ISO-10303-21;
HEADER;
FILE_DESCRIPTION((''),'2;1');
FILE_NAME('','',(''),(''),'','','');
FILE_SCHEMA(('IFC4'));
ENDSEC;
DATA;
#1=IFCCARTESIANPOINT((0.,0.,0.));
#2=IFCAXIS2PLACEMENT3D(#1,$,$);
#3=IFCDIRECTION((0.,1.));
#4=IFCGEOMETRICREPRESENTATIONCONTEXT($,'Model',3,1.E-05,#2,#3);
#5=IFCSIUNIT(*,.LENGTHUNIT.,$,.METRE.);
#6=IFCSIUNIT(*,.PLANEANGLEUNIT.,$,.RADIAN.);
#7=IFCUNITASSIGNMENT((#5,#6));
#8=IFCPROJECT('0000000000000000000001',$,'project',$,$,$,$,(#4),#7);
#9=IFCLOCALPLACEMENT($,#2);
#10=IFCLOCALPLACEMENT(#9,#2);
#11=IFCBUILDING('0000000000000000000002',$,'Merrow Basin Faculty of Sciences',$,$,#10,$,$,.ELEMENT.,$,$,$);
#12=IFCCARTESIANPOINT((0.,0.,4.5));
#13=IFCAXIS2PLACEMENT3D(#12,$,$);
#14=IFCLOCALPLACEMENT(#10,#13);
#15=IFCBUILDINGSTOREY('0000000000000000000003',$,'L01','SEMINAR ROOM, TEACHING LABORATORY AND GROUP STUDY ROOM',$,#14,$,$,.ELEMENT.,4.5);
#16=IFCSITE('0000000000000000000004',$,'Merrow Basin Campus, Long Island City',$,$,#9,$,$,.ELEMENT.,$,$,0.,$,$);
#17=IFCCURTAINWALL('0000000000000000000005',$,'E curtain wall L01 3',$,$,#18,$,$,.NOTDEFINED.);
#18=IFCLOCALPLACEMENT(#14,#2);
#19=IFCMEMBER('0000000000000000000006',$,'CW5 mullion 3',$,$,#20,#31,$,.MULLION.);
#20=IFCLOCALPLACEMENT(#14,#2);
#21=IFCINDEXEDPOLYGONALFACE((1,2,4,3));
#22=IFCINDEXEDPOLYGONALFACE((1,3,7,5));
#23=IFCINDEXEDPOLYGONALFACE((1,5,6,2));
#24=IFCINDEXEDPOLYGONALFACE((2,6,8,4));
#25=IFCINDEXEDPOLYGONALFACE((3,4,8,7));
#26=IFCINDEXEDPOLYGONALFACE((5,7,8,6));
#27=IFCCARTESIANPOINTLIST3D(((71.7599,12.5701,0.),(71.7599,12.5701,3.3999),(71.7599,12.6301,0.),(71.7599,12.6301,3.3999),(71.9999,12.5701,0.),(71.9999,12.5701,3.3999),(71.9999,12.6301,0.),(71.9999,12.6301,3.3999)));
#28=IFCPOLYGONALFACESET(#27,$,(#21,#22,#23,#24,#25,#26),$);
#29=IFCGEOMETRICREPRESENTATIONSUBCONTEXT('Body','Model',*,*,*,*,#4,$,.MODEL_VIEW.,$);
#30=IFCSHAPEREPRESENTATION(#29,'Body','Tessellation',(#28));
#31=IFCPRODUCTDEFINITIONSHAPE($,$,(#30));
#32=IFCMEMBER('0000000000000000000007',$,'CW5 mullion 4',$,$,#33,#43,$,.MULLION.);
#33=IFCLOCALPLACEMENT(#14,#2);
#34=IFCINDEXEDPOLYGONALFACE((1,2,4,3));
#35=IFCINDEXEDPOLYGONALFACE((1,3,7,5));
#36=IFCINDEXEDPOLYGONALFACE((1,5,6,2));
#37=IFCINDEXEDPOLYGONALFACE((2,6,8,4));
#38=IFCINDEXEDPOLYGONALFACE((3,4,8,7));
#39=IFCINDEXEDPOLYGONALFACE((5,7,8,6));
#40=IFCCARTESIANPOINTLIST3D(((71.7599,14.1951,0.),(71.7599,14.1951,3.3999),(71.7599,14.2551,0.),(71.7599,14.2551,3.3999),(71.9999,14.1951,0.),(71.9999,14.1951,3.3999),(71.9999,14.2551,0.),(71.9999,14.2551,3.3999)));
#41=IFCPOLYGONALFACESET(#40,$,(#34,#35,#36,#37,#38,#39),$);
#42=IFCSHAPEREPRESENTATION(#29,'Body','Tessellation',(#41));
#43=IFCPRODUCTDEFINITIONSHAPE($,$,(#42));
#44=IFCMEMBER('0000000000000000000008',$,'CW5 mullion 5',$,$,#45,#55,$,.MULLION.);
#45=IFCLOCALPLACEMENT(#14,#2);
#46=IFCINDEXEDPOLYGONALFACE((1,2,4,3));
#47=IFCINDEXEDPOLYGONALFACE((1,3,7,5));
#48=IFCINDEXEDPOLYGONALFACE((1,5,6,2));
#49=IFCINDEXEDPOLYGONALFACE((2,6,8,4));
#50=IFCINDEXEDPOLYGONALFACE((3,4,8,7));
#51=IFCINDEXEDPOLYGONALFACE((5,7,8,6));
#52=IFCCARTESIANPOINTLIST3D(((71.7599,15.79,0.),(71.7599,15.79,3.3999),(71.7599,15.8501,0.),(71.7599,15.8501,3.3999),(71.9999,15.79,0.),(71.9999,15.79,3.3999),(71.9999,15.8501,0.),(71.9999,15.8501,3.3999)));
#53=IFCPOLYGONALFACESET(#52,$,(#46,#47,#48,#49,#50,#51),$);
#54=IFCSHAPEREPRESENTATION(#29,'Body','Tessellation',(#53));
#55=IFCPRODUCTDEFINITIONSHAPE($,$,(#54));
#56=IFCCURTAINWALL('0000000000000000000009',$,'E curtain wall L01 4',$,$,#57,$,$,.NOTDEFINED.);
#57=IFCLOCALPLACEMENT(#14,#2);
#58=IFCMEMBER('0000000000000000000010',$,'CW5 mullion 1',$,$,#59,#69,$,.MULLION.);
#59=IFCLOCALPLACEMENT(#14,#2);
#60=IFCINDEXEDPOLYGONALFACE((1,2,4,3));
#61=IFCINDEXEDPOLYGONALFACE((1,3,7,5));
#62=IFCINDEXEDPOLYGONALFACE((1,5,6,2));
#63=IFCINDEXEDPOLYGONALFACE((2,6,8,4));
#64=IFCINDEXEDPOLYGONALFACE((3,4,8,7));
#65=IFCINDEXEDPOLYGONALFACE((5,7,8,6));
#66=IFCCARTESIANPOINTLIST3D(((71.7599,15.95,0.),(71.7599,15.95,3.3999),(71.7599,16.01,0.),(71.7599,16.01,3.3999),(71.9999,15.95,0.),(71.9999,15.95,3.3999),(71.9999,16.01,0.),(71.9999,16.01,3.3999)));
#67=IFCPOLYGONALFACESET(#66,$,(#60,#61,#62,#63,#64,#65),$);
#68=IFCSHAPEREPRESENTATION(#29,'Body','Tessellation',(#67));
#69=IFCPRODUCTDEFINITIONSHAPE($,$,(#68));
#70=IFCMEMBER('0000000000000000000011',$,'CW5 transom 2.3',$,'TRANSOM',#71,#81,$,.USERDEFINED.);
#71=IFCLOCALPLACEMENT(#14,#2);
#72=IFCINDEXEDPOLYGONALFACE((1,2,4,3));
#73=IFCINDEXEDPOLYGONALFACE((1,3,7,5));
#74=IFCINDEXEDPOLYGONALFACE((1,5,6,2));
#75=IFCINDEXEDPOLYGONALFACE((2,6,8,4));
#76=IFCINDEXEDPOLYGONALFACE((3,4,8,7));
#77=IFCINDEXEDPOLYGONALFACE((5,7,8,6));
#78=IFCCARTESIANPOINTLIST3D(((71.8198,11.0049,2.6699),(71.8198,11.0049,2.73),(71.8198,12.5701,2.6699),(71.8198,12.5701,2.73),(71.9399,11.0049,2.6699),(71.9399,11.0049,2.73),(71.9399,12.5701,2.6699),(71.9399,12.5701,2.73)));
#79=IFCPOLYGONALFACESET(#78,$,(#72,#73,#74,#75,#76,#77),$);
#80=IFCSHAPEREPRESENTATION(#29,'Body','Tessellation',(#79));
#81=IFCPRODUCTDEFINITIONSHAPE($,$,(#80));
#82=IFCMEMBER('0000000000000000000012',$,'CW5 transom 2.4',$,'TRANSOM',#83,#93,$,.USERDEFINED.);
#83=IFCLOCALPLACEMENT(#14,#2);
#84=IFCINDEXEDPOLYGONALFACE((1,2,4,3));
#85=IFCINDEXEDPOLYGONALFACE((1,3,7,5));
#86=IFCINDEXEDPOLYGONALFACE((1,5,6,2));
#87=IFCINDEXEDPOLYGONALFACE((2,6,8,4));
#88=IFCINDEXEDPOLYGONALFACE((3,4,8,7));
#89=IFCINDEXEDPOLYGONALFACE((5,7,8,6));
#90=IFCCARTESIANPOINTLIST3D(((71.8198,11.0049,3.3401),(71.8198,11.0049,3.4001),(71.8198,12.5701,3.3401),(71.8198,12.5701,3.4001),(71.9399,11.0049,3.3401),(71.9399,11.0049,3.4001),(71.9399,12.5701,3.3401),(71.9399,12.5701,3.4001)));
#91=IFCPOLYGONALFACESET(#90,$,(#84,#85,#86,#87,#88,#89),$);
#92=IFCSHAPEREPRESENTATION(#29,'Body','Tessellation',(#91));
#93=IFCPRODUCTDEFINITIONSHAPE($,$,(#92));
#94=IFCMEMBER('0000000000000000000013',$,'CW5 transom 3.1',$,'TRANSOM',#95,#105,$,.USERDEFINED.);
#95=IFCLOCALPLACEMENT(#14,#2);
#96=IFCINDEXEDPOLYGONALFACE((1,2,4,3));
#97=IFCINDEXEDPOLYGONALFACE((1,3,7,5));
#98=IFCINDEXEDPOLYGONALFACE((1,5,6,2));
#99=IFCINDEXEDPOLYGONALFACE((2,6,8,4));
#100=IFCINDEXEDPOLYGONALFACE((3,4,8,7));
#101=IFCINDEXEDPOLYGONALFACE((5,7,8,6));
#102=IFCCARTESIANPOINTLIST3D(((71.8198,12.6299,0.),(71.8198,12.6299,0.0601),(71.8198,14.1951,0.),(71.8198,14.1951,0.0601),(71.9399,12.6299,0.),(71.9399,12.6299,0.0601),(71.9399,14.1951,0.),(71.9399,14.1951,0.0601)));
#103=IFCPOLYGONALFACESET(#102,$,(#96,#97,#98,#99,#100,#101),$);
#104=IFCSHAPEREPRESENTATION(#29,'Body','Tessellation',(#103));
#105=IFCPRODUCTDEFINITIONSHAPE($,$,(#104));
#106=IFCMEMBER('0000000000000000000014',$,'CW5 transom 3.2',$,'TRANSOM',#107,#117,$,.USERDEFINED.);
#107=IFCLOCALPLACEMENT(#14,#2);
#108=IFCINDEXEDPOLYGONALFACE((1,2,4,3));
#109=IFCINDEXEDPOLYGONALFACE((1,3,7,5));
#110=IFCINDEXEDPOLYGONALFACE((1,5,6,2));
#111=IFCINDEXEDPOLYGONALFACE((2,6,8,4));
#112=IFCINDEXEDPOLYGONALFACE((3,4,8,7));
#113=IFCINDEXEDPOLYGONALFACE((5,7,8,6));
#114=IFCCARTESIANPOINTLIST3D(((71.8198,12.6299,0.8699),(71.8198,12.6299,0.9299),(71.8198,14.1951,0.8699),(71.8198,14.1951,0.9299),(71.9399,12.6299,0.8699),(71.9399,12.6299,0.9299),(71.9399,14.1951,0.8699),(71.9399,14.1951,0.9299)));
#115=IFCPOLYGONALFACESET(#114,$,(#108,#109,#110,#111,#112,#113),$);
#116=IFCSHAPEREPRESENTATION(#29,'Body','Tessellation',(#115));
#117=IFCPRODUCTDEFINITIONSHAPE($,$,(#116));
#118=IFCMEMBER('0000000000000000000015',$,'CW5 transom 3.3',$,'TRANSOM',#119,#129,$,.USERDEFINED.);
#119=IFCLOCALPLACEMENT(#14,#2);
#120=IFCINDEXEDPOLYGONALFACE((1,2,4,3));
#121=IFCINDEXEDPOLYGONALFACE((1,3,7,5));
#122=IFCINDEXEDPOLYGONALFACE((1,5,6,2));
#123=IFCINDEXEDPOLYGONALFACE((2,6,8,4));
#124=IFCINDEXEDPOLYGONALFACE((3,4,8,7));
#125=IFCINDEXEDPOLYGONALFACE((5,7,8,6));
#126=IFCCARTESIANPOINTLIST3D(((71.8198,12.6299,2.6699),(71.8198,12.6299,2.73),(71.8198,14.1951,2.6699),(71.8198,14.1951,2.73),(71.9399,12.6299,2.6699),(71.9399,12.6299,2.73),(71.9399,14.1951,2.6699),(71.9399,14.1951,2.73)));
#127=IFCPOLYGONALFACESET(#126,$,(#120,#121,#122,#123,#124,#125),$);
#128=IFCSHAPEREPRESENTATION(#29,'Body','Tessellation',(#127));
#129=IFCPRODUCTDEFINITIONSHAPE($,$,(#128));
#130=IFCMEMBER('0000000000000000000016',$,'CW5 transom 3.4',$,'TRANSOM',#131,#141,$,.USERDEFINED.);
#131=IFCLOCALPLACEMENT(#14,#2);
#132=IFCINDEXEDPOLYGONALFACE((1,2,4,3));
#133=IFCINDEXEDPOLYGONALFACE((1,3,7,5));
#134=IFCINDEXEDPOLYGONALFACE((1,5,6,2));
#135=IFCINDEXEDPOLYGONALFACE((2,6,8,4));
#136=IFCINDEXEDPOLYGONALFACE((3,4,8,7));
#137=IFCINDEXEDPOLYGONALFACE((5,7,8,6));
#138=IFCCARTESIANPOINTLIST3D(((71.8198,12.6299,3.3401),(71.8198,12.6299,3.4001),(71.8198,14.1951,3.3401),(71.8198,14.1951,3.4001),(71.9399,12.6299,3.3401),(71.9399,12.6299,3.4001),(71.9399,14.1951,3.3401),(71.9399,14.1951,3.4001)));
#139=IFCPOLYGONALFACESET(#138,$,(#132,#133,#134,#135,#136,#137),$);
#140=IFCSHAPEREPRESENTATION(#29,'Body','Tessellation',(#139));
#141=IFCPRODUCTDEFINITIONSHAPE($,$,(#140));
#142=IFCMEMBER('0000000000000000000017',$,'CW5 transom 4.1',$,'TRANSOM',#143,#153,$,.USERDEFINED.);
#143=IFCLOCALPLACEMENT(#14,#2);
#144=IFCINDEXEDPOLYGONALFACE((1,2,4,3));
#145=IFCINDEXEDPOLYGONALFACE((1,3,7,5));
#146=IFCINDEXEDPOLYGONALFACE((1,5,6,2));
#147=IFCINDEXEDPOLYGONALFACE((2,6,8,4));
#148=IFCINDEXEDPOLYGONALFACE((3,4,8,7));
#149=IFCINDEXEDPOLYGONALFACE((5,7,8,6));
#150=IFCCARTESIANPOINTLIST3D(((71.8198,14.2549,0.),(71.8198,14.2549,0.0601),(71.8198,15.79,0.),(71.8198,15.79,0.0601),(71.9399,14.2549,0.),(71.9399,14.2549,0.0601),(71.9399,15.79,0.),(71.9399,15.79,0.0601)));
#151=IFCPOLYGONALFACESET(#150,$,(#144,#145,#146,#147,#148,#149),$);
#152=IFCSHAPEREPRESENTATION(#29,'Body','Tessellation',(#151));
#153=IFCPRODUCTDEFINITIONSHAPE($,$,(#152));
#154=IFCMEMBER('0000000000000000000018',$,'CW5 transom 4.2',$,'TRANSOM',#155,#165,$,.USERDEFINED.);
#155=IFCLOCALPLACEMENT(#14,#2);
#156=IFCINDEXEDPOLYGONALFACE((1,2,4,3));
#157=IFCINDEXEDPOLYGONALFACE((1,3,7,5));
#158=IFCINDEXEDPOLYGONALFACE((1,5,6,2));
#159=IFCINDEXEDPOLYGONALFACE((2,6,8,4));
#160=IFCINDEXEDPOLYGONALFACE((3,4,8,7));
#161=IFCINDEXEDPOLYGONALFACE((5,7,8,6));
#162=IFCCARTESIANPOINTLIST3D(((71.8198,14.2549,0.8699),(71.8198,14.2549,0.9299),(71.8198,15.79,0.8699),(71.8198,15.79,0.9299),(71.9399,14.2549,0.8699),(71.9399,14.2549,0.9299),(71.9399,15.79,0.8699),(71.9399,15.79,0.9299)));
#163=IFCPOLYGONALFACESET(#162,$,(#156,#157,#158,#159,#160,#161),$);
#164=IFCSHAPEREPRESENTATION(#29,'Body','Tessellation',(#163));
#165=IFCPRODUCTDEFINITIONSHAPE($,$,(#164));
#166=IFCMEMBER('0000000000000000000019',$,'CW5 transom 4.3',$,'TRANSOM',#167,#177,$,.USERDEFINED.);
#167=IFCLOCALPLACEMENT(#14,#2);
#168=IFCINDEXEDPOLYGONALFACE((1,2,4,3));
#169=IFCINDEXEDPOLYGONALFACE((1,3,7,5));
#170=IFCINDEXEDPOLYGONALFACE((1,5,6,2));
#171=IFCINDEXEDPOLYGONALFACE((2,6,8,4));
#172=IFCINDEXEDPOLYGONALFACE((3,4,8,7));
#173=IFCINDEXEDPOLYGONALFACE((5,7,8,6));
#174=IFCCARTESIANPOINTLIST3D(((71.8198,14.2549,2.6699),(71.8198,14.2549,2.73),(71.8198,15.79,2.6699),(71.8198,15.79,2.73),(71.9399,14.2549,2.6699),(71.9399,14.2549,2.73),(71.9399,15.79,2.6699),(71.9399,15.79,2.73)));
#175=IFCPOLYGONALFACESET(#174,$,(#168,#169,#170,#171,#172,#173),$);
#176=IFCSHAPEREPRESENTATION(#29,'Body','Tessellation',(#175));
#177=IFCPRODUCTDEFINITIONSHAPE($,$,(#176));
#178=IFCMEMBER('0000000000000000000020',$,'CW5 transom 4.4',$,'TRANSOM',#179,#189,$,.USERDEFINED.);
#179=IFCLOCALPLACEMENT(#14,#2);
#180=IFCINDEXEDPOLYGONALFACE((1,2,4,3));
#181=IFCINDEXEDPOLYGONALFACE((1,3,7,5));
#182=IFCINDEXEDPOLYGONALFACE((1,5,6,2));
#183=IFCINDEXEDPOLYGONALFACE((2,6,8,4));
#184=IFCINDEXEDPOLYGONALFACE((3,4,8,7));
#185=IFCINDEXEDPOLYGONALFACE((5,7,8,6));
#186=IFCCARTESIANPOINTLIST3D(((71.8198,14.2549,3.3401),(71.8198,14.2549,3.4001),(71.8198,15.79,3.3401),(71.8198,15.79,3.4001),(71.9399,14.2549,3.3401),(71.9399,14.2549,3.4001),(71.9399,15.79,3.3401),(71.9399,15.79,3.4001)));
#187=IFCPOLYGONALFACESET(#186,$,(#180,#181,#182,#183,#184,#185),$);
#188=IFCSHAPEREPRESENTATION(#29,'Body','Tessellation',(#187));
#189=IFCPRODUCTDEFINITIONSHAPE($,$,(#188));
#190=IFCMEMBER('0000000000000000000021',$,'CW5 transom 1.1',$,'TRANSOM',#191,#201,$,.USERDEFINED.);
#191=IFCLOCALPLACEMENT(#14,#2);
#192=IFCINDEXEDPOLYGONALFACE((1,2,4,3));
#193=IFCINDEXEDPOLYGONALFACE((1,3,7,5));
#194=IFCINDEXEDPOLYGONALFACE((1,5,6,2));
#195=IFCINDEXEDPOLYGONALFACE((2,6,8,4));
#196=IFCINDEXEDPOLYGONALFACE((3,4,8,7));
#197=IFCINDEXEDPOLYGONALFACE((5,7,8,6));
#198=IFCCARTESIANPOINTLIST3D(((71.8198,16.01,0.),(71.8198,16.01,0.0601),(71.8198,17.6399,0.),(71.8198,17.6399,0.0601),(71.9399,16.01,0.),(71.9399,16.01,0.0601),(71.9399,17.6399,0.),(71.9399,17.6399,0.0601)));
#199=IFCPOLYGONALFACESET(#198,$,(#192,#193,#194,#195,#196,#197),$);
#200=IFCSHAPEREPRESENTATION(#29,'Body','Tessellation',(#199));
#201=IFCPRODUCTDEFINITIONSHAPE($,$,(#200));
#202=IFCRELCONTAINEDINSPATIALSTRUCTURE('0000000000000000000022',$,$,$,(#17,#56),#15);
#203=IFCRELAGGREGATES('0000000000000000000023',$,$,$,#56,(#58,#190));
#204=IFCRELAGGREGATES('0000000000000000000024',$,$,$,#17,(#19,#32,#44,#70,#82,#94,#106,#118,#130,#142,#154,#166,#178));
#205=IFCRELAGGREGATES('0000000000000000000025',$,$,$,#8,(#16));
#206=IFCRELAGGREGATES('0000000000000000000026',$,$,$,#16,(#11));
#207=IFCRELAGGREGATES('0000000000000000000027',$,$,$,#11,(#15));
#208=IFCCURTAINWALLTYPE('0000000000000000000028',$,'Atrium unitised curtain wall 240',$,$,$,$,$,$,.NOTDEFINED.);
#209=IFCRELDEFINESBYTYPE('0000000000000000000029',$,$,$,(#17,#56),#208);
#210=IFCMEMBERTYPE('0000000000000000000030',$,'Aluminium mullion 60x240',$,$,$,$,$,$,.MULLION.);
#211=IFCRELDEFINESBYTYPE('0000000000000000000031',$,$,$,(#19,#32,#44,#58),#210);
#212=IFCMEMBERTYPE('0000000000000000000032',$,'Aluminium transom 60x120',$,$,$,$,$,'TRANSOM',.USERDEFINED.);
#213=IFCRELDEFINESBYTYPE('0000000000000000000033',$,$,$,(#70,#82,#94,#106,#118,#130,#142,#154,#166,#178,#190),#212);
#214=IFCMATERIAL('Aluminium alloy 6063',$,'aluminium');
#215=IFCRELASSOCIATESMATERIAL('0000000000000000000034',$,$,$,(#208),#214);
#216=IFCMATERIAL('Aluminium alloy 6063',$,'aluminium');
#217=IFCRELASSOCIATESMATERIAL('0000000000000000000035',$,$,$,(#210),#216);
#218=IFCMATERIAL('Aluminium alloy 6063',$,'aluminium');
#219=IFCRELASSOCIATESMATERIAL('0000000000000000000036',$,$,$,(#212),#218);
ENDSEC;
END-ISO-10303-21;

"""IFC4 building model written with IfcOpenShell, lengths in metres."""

from ifc_helpers import new_model, si_unit, direction, frame, origin, origin_2d, place, context, subcontext, project, spatial, rectangle, extrude, material, material_profile, profile_set, type_object, element, aggregate, save


model = new_model("IFC4")

# Units and contexts
model_context = context("Model", 3, precision=1e-05, world=origin(), true_north=direction((0.0, 1.0)))
body_context = subcontext(model_context, "Body", "Model", "MODEL_VIEW")
ifc_project = project(units=[si_unit("LENGTHUNIT", "METRE"), si_unit("PLANEANGLEUNIT", "RADIAN")], contexts=[model_context])

# Site, building, storey
site_placement = place(None, origin())
site = spatial("IfcSite", under=ifc_project, at=site_placement, Name="Merrow Basin Campus, Long Island City", CompositionType="ELEMENT", RefElevation=0.0)
building_placement = place(site_placement, origin())
building = spatial("IfcBuilding", under=site, at=building_placement, Name="Merrow Basin Faculty of Sciences", CompositionType="ELEMENT")
storey_placement = place(building_placement, frame((0.0, 0.0, 4.5)))
storey = spatial("IfcBuildingStorey", under=building, at=storey_placement, Name="L01", Description="SEMINAR ROOM, TEACHING LABORATORY AND GROUP STUDY ROOM", CompositionType="ELEMENT", Elevation=4.5)

# Curtain wall, members
ifc_material_1 = material(Name="Aluminium alloy 6063", Category="aluminium")
curtain_wall_type = type_object("IfcCurtainWallType", Name="Atrium unitised curtain wall 240", PredefinedType="NOTDEFINED", material=ifc_material_1)
curtain_wall_1_placement = place(storey_placement, origin())
curtain_wall_1 = element("IfcCurtainWall", 1, at=curtain_wall_1_placement, inside=storey, type_object=curtain_wall_type, Name="E curtain wall L01 3", PredefinedType="NOTDEFINED")
ifc_material_2 = material(Name="Aluminium alloy 6063", Category="aluminium")
ifc_material_profile_1 = material_profile(ifc_material_2, rectangle(XDim=0.24, YDim=0.0601, at=origin_2d()))
ifc_profile_set_1 = profile_set([ifc_material_profile_1], Name="Aluminium alloy 6063")
member_type_1 = type_object("IfcMemberType", Name="Aluminium mullion 60x240", PredefinedType="MULLION", material=ifc_profile_set_1)
member_1_placement = place(storey_placement, frame((71.8799, 12.6001, 0.0), z_axis=(0.0, 0.0, 1.0), x_axis=(-1.0, 0.0, 0.0)))
member_1 = element("IfcMember", 2, at=member_1_placement, type_object=member_type_1, Name="CW5 mullion 3", PredefinedType="MULLION", context=body_context, shape_type="SweptSolid", body=[
    extrude(rectangle(XDim=0.24, YDim=0.0601, at=origin_2d()), origin(), (0.0, 0.0, 1.0), 3.3999),
])
member_2_placement = place(storey_placement, frame((71.8799, 14.2251, 0.0), z_axis=(0.0, 0.0, 1.0), x_axis=(-1.0, 0.0, 0.0)))
member_2 = element("IfcMember", 3, at=member_2_placement, type_object=member_type_1, Name="CW5 mullion 4", PredefinedType="MULLION", context=body_context, shape_type="SweptSolid", body=[
    extrude(rectangle(XDim=0.24, YDim=0.0601, at=origin_2d()), origin(), (0.0, 0.0, 1.0), 3.3999),
])
member_3_placement = place(storey_placement, frame((71.8799, 15.8201, 0.0), z_axis=(0.0, 0.0, 1.0), x_axis=(-1.0, 0.0, 0.0)))
member_3 = element("IfcMember", 4, at=member_3_placement, type_object=member_type_1, Name="CW5 mullion 5", PredefinedType="MULLION", context=body_context, shape_type="SweptSolid", body=[
    extrude(rectangle(XDim=0.24, YDim=0.0601, at=origin_2d()), origin(), (0.0, 0.0, 1.0), 3.3999),
])

# Curtain wall, member
curtain_wall_2_placement = place(storey_placement, origin())
curtain_wall_2 = element("IfcCurtainWall", 5, at=curtain_wall_2_placement, inside=storey, type_object=curtain_wall_type, Name="E curtain wall L01 4", PredefinedType="NOTDEFINED")
member_4_placement = place(storey_placement, frame((71.8799, 15.98, 0.0), z_axis=(0.0, 0.0, 1.0), x_axis=(-1.0, 0.0, 0.0)))
member_4 = element("IfcMember", 6, at=member_4_placement, type_object=member_type_1, Name="CW5 mullion 1", PredefinedType="MULLION", context=body_context, shape_type="SweptSolid", body=[
    extrude(rectangle(XDim=0.24, YDim=0.0601, at=origin_2d()), origin(), (0.0, 0.0, 1.0), 3.3999),
])

# Members
ifc_material_3 = material(Name="Aluminium alloy 6063", Category="aluminium")
ifc_material_profile_2 = material_profile(ifc_material_3, rectangle(XDim=0.1201, YDim=0.0601, at=origin_2d()))
ifc_profile_set_2 = profile_set([ifc_material_profile_2], Name="Aluminium alloy 6063")
member_type_2 = type_object("IfcMemberType", Name="Aluminium transom 60x120", ElementType="TRANSOM", PredefinedType="USERDEFINED", material=ifc_profile_set_2)
member_5_placement = place(storey_placement, frame((71.8799, 11.0049, 2.7), z_axis=(0.0, 1.0, 0.0), x_axis=(-1.0, 0.0, 0.0)))
member_5 = element("IfcMember", 7, at=member_5_placement, type_object=member_type_2, Name="CW5 transom 2.3", ObjectType="TRANSOM", PredefinedType="USERDEFINED", context=body_context, shape_type="SweptSolid", body=[
    extrude(rectangle(XDim=0.1201, YDim=0.0601, at=origin_2d()), origin(), (0.0, 0.0, 1.0), 1.5652),
])
member_6_placement = place(storey_placement, frame((71.8799, 11.0049, 3.3701), z_axis=(0.0, 1.0, 0.0), x_axis=(-1.0, 0.0, 0.0)))
member_6 = element("IfcMember", 8, at=member_6_placement, type_object=member_type_2, Name="CW5 transom 2.4", ObjectType="TRANSOM", PredefinedType="USERDEFINED", context=body_context, shape_type="SweptSolid", body=[
    extrude(rectangle(XDim=0.1201, YDim=0.0601, at=origin_2d()), origin(), (0.0, 0.0, 1.0), 1.5652),
])
member_7_placement = place(storey_placement, frame((71.8799, 12.6299, 0.03), z_axis=(0.0, 1.0, 0.0), x_axis=(-1.0, 0.0, 0.0)))
member_7 = element("IfcMember", 9, at=member_7_placement, type_object=member_type_2, Name="CW5 transom 3.1", ObjectType="TRANSOM", PredefinedType="USERDEFINED", context=body_context, shape_type="SweptSolid", body=[
    extrude(rectangle(XDim=0.1201, YDim=0.0601, at=origin_2d()), origin(), (0.0, 0.0, 1.0), 1.5652),
])
member_8_placement = place(storey_placement, frame((71.8799, 12.6299, 0.8999), z_axis=(0.0, 1.0, 0.0), x_axis=(-1.0, 0.0, 0.0)))
member_8 = element("IfcMember", 10, at=member_8_placement, type_object=member_type_2, Name="CW5 transom 3.2", ObjectType="TRANSOM", PredefinedType="USERDEFINED", context=body_context, shape_type="SweptSolid", body=[
    extrude(rectangle(XDim=0.1201, YDim=0.0601, at=origin_2d()), origin(), (0.0, 0.0, 1.0), 1.5652),
])
member_9_placement = place(storey_placement, frame((71.8799, 12.6299, 2.7), z_axis=(0.0, 1.0, 0.0), x_axis=(-1.0, 0.0, 0.0)))
member_9 = element("IfcMember", 11, at=member_9_placement, type_object=member_type_2, Name="CW5 transom 3.3", ObjectType="TRANSOM", PredefinedType="USERDEFINED", context=body_context, shape_type="SweptSolid", body=[
    extrude(rectangle(XDim=0.1201, YDim=0.0601, at=origin_2d()), origin(), (0.0, 0.0, 1.0), 1.5652),
])
member_10_placement = place(storey_placement, frame((71.8799, 12.6299, 3.3701), z_axis=(0.0, 1.0, 0.0), x_axis=(-1.0, 0.0, 0.0)))
member_10 = element("IfcMember", 12, at=member_10_placement, type_object=member_type_2, Name="CW5 transom 3.4", ObjectType="TRANSOM", PredefinedType="USERDEFINED", context=body_context, shape_type="SweptSolid", body=[
    extrude(rectangle(XDim=0.1201, YDim=0.0601, at=origin_2d()), origin(), (0.0, 0.0, 1.0), 1.5652),
])
member_11_placement = place(storey_placement, frame((71.8799, 14.2549, 0.03), z_axis=(0.0, 1.0, 0.0), x_axis=(-1.0, 0.0, 0.0)))
member_11 = element("IfcMember", 13, at=member_11_placement, type_object=member_type_2, Name="CW5 transom 4.1", ObjectType="TRANSOM", PredefinedType="USERDEFINED", context=body_context, shape_type="SweptSolid", body=[
    extrude(rectangle(XDim=0.1201, YDim=0.0601, at=origin_2d()), origin(), (0.0, 0.0, 1.0), 1.5352),
])
member_12_placement = place(storey_placement, frame((71.8799, 14.2549, 0.8999), z_axis=(0.0, 1.0, 0.0), x_axis=(-1.0, 0.0, 0.0)))
member_12 = element("IfcMember", 14, at=member_12_placement, type_object=member_type_2, Name="CW5 transom 4.2", ObjectType="TRANSOM", PredefinedType="USERDEFINED", context=body_context, shape_type="SweptSolid", body=[
    extrude(rectangle(XDim=0.1201, YDim=0.0601, at=origin_2d()), origin(), (0.0, 0.0, 1.0), 1.5352),
])
member_13_placement = place(storey_placement, frame((71.8799, 14.2549, 2.7), z_axis=(0.0, 1.0, 0.0), x_axis=(-1.0, 0.0, 0.0)))
member_13 = element("IfcMember", 15, at=member_13_placement, type_object=member_type_2, Name="CW5 transom 4.3", ObjectType="TRANSOM", PredefinedType="USERDEFINED", context=body_context, shape_type="SweptSolid", body=[
    extrude(rectangle(XDim=0.1201, YDim=0.0601, at=origin_2d()), origin(), (0.0, 0.0, 1.0), 1.5352),
])
member_14_placement = place(storey_placement, frame((71.8799, 14.2549, 3.3701), z_axis=(0.0, 1.0, 0.0), x_axis=(-1.0, 0.0, 0.0)))
member_14 = element("IfcMember", 16, at=member_14_placement, type_object=member_type_2, Name="CW5 transom 4.4", ObjectType="TRANSOM", PredefinedType="USERDEFINED", context=body_context, shape_type="SweptSolid", body=[
    extrude(rectangle(XDim=0.1201, YDim=0.0601, at=origin_2d()), origin(), (0.0, 0.0, 1.0), 1.5352),
])
member_15_placement = place(storey_placement, frame((71.8799, 16.01, 0.03), z_axis=(0.0, 1.0, 0.0), x_axis=(-1.0, 0.0, 0.0)))
member_15 = element("IfcMember", 17, at=member_15_placement, type_object=member_type_2, Name="CW5 transom 1.1", ObjectType="TRANSOM", PredefinedType="USERDEFINED", context=body_context, shape_type="SweptSolid", body=[
    extrude(rectangle(XDim=0.1201, YDim=0.0601, at=origin_2d()), origin(), (0.0, 0.0, 1.0), 1.6299),
])
aggregate(curtain_wall_2, [member_4, member_15])

aggregate(curtain_wall_1, [member_1, member_2, member_3, member_5, member_6, member_7, member_8, member_9, member_10, member_11, member_12, member_13, member_14])

save(model, "model.ifc")
